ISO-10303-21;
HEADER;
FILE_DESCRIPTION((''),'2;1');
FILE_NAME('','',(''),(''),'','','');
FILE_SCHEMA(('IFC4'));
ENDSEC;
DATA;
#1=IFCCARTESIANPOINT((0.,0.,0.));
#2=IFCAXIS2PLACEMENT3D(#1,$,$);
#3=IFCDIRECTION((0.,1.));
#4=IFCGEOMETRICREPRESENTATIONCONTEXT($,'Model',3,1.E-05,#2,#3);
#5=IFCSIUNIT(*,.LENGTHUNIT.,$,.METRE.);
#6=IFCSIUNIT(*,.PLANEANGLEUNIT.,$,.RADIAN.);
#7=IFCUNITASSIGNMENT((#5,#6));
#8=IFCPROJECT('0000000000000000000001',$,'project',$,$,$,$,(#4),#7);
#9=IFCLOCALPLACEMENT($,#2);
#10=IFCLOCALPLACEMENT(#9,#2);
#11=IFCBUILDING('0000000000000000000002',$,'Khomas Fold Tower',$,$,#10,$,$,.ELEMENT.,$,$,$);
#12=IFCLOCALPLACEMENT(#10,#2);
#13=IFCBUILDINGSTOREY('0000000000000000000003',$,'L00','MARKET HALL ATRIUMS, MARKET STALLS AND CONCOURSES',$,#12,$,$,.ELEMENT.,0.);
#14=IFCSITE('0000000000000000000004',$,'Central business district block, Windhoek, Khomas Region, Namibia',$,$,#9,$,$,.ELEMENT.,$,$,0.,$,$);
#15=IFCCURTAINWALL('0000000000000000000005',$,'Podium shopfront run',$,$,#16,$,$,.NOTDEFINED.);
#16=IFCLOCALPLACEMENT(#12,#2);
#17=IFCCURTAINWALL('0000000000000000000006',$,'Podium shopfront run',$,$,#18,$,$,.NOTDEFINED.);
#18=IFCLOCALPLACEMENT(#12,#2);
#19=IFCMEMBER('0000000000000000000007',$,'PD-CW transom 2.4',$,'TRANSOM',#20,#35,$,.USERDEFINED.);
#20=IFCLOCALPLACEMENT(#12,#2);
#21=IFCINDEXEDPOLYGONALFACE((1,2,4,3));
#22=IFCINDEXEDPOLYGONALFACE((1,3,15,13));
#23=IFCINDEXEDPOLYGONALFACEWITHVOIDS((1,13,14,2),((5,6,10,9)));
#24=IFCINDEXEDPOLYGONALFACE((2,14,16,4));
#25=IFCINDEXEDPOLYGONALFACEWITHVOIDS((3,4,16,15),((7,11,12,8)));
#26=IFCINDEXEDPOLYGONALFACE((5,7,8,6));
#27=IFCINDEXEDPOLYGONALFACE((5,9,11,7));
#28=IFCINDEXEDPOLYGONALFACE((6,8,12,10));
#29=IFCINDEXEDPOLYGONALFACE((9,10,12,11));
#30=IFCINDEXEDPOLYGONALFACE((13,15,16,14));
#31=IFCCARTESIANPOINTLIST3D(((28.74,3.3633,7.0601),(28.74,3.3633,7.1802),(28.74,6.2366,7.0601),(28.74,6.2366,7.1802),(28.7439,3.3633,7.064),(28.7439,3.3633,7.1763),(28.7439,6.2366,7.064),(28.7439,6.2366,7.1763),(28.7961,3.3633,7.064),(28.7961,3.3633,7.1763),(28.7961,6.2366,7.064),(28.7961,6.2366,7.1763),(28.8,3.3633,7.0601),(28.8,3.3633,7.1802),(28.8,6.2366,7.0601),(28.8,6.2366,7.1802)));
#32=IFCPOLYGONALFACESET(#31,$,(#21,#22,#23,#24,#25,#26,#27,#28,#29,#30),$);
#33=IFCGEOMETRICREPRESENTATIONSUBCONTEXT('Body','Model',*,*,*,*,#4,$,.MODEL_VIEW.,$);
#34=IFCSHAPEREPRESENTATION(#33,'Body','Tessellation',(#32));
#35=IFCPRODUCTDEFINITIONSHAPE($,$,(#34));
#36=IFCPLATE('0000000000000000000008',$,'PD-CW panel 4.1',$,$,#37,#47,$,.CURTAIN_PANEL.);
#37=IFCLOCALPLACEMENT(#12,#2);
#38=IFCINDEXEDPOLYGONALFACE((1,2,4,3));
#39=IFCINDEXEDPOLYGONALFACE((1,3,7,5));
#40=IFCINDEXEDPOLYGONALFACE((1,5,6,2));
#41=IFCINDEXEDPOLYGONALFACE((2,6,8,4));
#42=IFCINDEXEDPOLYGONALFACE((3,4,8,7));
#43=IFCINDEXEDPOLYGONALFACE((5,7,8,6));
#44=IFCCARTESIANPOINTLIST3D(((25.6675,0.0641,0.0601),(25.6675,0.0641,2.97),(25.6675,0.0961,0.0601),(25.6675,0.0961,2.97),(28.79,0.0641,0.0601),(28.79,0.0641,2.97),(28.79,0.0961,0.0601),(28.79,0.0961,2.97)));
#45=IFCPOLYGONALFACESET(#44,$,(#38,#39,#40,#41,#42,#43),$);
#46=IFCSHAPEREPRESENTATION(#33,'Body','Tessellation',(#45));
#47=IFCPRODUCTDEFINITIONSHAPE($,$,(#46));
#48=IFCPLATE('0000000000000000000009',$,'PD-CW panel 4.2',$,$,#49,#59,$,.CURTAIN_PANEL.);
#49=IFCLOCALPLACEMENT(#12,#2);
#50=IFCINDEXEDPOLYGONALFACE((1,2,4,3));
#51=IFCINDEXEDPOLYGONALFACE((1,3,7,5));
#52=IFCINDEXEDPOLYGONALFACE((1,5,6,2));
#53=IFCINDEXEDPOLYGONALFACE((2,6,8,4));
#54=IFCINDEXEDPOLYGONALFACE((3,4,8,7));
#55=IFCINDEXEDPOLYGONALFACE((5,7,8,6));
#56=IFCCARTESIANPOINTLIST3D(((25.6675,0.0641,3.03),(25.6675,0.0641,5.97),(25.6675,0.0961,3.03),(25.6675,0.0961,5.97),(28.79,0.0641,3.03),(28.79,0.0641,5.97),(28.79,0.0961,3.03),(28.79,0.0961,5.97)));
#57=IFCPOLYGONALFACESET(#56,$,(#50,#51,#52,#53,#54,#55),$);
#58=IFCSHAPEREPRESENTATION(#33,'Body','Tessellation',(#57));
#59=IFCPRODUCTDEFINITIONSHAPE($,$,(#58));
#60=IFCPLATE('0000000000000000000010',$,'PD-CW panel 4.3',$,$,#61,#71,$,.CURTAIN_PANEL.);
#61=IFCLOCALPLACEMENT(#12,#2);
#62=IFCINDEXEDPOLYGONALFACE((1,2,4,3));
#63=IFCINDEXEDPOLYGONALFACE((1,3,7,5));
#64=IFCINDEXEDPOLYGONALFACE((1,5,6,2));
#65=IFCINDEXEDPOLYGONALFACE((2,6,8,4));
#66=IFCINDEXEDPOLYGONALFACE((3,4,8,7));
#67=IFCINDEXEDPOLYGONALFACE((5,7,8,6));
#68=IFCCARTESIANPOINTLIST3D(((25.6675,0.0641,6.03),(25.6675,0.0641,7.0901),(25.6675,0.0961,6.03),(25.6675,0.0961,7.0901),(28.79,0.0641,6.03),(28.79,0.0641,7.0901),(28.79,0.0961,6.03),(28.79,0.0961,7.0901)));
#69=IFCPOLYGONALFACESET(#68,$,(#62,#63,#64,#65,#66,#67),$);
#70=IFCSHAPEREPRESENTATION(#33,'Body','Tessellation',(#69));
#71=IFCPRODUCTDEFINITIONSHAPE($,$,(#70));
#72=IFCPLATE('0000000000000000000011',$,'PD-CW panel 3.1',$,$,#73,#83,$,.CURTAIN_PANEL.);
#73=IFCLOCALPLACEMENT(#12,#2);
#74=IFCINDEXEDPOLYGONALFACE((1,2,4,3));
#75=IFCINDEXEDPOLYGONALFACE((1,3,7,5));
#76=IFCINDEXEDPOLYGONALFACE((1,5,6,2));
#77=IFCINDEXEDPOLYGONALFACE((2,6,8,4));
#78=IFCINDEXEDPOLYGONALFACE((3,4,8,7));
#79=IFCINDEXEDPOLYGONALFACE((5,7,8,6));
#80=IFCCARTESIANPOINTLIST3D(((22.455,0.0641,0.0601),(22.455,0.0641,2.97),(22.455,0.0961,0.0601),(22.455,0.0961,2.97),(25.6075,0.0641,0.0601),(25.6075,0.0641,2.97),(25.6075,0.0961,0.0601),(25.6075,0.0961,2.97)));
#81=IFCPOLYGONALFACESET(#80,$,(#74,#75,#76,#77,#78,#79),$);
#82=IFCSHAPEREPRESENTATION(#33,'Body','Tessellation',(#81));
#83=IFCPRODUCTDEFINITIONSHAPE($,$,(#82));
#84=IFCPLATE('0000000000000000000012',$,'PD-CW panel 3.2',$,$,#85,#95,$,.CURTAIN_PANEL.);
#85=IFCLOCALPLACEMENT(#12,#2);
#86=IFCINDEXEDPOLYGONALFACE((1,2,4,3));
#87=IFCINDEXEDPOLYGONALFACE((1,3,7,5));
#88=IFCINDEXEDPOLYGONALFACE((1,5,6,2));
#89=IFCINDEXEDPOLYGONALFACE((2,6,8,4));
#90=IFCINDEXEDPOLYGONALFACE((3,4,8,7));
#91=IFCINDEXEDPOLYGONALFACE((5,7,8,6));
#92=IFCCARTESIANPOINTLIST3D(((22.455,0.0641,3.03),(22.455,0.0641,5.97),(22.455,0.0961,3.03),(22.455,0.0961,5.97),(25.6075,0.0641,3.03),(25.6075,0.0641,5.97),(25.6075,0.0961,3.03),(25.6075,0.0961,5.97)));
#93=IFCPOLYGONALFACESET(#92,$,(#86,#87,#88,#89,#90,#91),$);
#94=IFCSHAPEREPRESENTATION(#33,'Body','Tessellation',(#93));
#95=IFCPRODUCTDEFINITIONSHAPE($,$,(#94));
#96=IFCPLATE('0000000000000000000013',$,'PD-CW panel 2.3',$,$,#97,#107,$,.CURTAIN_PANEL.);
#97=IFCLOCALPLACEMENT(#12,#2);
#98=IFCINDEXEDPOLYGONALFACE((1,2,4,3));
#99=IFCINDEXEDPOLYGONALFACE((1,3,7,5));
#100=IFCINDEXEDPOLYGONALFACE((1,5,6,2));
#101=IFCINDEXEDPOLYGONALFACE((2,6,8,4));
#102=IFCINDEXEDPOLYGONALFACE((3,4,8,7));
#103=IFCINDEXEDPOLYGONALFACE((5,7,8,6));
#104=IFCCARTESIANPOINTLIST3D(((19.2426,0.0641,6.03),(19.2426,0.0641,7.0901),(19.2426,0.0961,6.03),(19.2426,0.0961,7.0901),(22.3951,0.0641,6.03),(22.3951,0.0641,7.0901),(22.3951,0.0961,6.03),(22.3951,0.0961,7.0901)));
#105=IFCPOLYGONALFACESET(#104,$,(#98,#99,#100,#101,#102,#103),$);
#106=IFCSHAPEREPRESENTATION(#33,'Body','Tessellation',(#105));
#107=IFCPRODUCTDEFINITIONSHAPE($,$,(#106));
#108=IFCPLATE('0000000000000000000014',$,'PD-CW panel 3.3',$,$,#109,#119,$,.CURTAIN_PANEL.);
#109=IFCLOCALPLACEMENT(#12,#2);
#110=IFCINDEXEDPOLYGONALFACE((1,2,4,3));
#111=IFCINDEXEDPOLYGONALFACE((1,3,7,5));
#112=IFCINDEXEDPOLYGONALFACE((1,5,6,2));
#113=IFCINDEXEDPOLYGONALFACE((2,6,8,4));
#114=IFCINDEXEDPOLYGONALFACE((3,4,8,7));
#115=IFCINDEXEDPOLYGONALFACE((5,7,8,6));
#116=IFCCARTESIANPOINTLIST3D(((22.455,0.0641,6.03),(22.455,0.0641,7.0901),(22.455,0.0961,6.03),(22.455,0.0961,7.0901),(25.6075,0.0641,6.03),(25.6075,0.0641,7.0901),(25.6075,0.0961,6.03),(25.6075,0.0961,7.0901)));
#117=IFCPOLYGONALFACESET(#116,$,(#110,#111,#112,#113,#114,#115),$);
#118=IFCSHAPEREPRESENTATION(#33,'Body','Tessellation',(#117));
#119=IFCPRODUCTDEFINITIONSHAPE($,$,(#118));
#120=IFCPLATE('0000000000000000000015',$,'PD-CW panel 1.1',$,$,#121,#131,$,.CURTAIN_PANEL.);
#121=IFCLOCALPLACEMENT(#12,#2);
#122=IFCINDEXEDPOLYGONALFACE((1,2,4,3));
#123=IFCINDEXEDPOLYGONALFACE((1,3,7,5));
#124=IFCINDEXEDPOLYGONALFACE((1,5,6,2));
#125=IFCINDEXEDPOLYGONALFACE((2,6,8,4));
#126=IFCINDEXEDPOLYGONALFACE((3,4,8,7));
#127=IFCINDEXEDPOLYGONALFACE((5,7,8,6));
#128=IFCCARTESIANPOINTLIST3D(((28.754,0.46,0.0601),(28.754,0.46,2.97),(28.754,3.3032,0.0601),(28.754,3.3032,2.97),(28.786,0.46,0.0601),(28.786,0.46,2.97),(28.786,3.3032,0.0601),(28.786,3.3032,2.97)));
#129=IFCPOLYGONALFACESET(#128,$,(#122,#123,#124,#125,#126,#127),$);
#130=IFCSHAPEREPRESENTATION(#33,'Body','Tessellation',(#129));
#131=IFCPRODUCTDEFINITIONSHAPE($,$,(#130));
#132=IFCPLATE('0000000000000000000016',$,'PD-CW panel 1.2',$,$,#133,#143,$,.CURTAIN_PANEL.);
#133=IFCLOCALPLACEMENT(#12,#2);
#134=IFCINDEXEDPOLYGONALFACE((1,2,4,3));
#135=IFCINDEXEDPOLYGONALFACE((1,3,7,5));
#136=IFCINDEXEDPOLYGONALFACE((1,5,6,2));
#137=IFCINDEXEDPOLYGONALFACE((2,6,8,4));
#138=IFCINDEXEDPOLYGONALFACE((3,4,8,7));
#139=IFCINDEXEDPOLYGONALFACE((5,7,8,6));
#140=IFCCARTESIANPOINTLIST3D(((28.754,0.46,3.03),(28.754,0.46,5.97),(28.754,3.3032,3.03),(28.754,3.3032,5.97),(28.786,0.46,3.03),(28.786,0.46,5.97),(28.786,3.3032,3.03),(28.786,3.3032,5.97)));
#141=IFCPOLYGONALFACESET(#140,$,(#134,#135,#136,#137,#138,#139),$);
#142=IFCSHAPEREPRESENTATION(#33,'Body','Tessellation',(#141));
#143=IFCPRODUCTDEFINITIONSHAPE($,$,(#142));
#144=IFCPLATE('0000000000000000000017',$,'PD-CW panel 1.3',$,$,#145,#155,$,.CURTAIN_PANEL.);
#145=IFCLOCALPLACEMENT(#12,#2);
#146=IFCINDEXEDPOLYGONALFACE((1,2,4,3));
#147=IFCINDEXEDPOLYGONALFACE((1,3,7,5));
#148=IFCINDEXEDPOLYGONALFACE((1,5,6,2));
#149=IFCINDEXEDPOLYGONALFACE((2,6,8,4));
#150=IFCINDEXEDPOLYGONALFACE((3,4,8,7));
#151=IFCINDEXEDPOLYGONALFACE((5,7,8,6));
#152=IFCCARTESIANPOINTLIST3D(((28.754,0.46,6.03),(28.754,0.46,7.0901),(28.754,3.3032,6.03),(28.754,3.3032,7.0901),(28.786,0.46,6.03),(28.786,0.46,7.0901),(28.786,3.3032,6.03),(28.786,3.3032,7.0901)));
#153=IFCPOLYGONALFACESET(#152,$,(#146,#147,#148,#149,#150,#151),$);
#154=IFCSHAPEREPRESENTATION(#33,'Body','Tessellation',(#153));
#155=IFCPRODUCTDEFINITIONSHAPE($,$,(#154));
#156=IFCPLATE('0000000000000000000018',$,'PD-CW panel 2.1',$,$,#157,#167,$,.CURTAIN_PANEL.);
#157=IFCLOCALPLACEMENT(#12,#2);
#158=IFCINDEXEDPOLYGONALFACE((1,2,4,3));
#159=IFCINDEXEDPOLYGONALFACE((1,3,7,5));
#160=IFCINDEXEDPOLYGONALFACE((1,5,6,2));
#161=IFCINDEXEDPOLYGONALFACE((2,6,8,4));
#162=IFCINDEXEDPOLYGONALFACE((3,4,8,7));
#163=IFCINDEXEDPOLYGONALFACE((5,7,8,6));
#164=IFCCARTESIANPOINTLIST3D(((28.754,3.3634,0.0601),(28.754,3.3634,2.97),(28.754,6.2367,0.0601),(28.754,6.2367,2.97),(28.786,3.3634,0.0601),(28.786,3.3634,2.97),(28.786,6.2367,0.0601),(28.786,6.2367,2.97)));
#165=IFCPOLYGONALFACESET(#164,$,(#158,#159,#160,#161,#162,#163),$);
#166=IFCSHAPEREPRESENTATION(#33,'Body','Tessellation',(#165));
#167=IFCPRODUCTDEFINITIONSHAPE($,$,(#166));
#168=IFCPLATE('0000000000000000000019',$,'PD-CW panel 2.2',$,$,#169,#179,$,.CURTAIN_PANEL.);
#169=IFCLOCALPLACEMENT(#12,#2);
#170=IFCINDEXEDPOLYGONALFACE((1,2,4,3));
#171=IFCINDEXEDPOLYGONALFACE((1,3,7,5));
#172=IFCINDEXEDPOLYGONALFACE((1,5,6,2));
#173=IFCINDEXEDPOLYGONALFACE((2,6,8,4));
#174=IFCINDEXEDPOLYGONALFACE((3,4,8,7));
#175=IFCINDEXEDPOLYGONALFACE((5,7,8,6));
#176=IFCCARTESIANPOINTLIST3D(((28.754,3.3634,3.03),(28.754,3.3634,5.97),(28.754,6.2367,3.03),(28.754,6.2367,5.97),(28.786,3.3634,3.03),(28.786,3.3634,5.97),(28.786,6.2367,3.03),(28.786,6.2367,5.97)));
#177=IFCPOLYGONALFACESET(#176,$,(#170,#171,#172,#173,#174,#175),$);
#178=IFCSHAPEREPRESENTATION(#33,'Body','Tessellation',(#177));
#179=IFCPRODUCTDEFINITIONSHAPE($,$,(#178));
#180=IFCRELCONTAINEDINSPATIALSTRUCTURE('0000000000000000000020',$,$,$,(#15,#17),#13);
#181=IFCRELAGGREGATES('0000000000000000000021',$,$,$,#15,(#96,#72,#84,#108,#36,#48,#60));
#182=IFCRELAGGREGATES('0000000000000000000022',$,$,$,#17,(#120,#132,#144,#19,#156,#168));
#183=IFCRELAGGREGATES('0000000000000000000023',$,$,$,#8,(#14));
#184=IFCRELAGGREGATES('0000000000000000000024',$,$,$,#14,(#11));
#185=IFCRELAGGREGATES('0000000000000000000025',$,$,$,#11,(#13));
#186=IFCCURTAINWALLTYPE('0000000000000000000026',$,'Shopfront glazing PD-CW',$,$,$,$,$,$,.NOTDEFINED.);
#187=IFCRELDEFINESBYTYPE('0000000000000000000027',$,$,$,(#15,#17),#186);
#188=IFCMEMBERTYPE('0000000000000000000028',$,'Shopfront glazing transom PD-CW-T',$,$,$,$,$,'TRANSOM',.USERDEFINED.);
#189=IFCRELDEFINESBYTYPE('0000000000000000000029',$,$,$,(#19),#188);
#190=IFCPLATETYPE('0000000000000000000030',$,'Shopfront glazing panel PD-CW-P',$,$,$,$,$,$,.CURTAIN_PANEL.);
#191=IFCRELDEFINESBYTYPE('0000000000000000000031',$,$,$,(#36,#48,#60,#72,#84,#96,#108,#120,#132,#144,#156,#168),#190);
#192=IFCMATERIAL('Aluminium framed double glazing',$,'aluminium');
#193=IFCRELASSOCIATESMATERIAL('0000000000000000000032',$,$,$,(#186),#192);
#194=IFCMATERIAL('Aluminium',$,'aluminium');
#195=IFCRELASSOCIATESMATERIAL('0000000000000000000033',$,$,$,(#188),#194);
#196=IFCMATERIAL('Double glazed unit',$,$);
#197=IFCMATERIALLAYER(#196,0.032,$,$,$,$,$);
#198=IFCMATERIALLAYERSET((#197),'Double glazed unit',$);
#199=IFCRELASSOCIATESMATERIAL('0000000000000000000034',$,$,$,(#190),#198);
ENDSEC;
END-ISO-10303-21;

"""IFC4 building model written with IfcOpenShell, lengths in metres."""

from ifc_helpers import new_model, si_unit, direction, frame, origin, origin_2d, place, context, subcontext, project, spatial, rectangle, hollow_rectangle, extrude, source, transform, mapped, material, layer, layer_set, material_profile, profile_set, type_object, element, aggregate, save


model = new_model("IFC4")

# Units and contexts
model_context = context("Model", 3, precision=1e-05, world=origin(), true_north=direction((0.0, 1.0)))
body_context = subcontext(model_context, "Body", "Model", "MODEL_VIEW")
ifc_project = project(units=[si_unit("LENGTHUNIT", "METRE"), si_unit("PLANEANGLEUNIT", "RADIAN")], contexts=[model_context])

# Site, building, storey
site_placement = place(None, origin())
site = spatial("IfcSite", under=ifc_project, at=site_placement, Name="Central business district block, Windhoek, Khomas Region, Namibia", CompositionType="ELEMENT", RefElevation=0.0)
building_placement = place(site_placement, origin())
building = spatial("IfcBuilding", under=site, at=building_placement, Name="Khomas Fold Tower", CompositionType="ELEMENT")
storey_placement = place(building_placement, origin())
storey = spatial("IfcBuildingStorey", under=building, at=storey_placement, Name="L00", Description="MARKET HALL ATRIUMS, MARKET STALLS AND CONCOURSES", CompositionType="ELEMENT", Elevation=0.0)

# Curtain walls
ifc_material_1 = material(Name="Aluminium framed double glazing", Category="aluminium")
curtain_wall_type = type_object("IfcCurtainWallType", Name="Shopfront glazing PD-CW", PredefinedType="NOTDEFINED", material=ifc_material_1)
curtain_wall_1_placement = place(storey_placement, origin())
curtain_wall_1 = element("IfcCurtainWall", 1, at=curtain_wall_1_placement, inside=storey, type_object=curtain_wall_type, Name="Podium shopfront run", PredefinedType="NOTDEFINED")
curtain_wall_2_placement = place(storey_placement, origin())
curtain_wall_2 = element("IfcCurtainWall", 2, at=curtain_wall_2_placement, inside=storey, type_object=curtain_wall_type, Name="Podium shopfront run", PredefinedType="NOTDEFINED")

# Member
ifc_material_2 = material(Name="Aluminium", Category="aluminium")
ifc_material_profile_1 = material_profile(ifc_material_2, hollow_rectangle(XDim=0.0601, YDim=0.1201, WallThickness=0.0039, at=origin_2d()), Name="Shopfront glazing transom PD-CW-T")
ifc_profile_set_1 = profile_set([ifc_material_profile_1], Name="Aluminium")
member_type_1 = type_object("IfcMemberType", Name="Shopfront glazing transom PD-CW-T", ElementType="TRANSOM", PredefinedType="USERDEFINED", material=ifc_profile_set_1)
shared_shape_1 = source(origin(), body_context, "Body", "SweptSolid", [
    extrude(hollow_rectangle(XDim=0.0601, YDim=0.1201, WallThickness=0.0039, at=origin_2d()), origin(), (0.0, 0.0, 1.0), 2.8733),
])
member_1_placement = place(storey_placement, frame((28.77, 3.3633, 7.1201), z_axis=(0.0, 1.0, 0.0), x_axis=(-1.0, 0.0, 0.0)))
member_1 = element("IfcMember", 3, at=member_1_placement, type_object=member_type_1, Name="PD-CW transom 2.4", ObjectType="TRANSOM", PredefinedType="USERDEFINED", context=body_context, shape_type="MappedRepresentation", body=[
    mapped(shared_shape_1, transform((0.0, 0.0, 0.0))),
])

# Plates
ifc_material_3 = material(Name="Double glazed unit")
ifc_layer_1 = layer(ifc_material_3, 0.032)
ifc_layer_set_1 = layer_set([ifc_layer_1], Name="Double glazed unit")
plate_type = type_object("IfcPlateType", Name="Shopfront glazing panel PD-CW-P", PredefinedType="CURTAIN_PANEL", material=ifc_layer_set_1)
shared_shape_2 = source(origin(), body_context, "Body", "SweptSolid", [
    extrude(rectangle(XDim=3.1226, YDim=0.032, at=origin_2d()), origin(), (0.0, 0.0, 1.0), 2.9099),
])
plate_1_placement = place(storey_placement, frame((27.2288, 0.0801, 0.0601), z_axis=(0.0, 0.0, 1.0), x_axis=(1.0, 0.0, 0.0)))
plate_1 = element("IfcPlate", 4, at=plate_1_placement, type_object=plate_type, Name="PD-CW panel 4.1", PredefinedType="CURTAIN_PANEL", context=body_context, shape_type="MappedRepresentation", body=[
    mapped(shared_shape_2, transform((0.0, 0.0, 0.0))),
])
shared_shape_3 = source(origin(), body_context, "Body", "SweptSolid", [
    extrude(rectangle(XDim=3.1226, YDim=0.032, at=origin_2d()), origin(), (0.0, 0.0, 1.0), 2.9399),
])
plate_2_placement = place(storey_placement, frame((27.2288, 0.0801, 3.03), z_axis=(0.0, 0.0, 1.0), x_axis=(1.0, 0.0, 0.0)))
plate_2 = element("IfcPlate", 5, at=plate_2_placement, type_object=plate_type, Name="PD-CW panel 4.2", PredefinedType="CURTAIN_PANEL", context=body_context, shape_type="MappedRepresentation", body=[
    mapped(shared_shape_3, transform((0.0, 0.0, 0.0))),
])
shared_shape_4 = source(origin(), body_context, "Body", "SweptSolid", [
    extrude(rectangle(XDim=3.1226, YDim=0.032, at=origin_2d()), origin(), (0.0, 0.0, 1.0), 1.0601),
])
plate_3_placement = place(storey_placement, frame((27.2288, 0.0801, 6.03), z_axis=(0.0, 0.0, 1.0), x_axis=(1.0, 0.0, 0.0)))
plate_3 = element("IfcPlate", 6, at=plate_3_placement, type_object=plate_type, Name="PD-CW panel 4.3", PredefinedType="CURTAIN_PANEL", context=body_context, shape_type="MappedRepresentation", body=[
    mapped(shared_shape_4, transform((0.0, 0.0, 0.0))),
])
shared_shape_5 = source(origin(), body_context, "Body", "SweptSolid", [
    extrude(rectangle(XDim=3.1526, YDim=0.032, at=origin_2d()), origin(), (0.0, 0.0, 1.0), 2.9099),
])
plate_4_placement = place(storey_placement, frame((24.0312, 0.0801, 0.0601), z_axis=(0.0, 0.0, 1.0), x_axis=(1.0, 0.0, 0.0)))
plate_4 = element("IfcPlate", 7, at=plate_4_placement, type_object=plate_type, Name="PD-CW panel 3.1", PredefinedType="CURTAIN_PANEL", context=body_context, shape_type="MappedRepresentation", body=[
    mapped(shared_shape_5, transform((0.0, 0.0, 0.0))),
])
shared_shape_6 = source(origin(), body_context, "Body", "SweptSolid", [
    extrude(rectangle(XDim=3.1526, YDim=0.032, at=origin_2d()), origin(), (0.0, 0.0, 1.0), 2.9399),
])
plate_5_placement = place(storey_placement, frame((24.0312, 0.0801, 3.03), z_axis=(0.0, 0.0, 1.0), x_axis=(1.0, 0.0, 0.0)))
plate_5 = element("IfcPlate", 8, at=plate_5_placement, type_object=plate_type, Name="PD-CW panel 3.2", PredefinedType="CURTAIN_PANEL", context=body_context, shape_type="MappedRepresentation", body=[
    mapped(shared_shape_6, transform((0.0, 0.0, 0.0))),
])
shared_shape_7 = source(origin(), body_context, "Body", "SweptSolid", [
    extrude(rectangle(XDim=3.1526, YDim=0.032, at=origin_2d()), origin(), (0.0, 0.0, 1.0), 1.0601),
])
plate_6_placement = place(storey_placement, frame((20.8188, 0.0801, 6.03), z_axis=(0.0, 0.0, 1.0), x_axis=(1.0, 0.0, 0.0)))
plate_6 = element("IfcPlate", 9, at=plate_6_placement, type_object=plate_type, Name="PD-CW panel 2.3", PredefinedType="CURTAIN_PANEL", context=body_context, shape_type="MappedRepresentation", body=[
    mapped(shared_shape_7, transform((0.0, 0.0, 0.0))),
])
plate_7_placement = place(storey_placement, frame((24.0312, 0.0801, 6.03), z_axis=(0.0, 0.0, 1.0), x_axis=(1.0, 0.0, 0.0)))
plate_7 = element("IfcPlate", 10, at=plate_7_placement, type_object=plate_type, Name="PD-CW panel 3.3", PredefinedType="CURTAIN_PANEL", context=body_context, shape_type="MappedRepresentation", body=[
    mapped(shared_shape_7, transform((0.0, 0.0, 0.0))),
])
aggregate(curtain_wall_1, [plate_6, plate_4, plate_5, plate_7, plate_1, plate_2, plate_3])
shared_shape_8 = source(origin(), body_context, "Body", "SweptSolid", [
    extrude(rectangle(XDim=2.8433, YDim=0.032, at=origin_2d()), origin(), (0.0, 0.0, 1.0), 2.9099),
])
plate_8_placement = place(storey_placement, frame((28.77, 1.8816, 0.0601), z_axis=(0.0, 0.0, 1.0), x_axis=(0.0, 1.0, 0.0)))
plate_8 = element("IfcPlate", 11, at=plate_8_placement, type_object=plate_type, Name="PD-CW panel 1.1", PredefinedType="CURTAIN_PANEL", context=body_context, shape_type="MappedRepresentation", body=[
    mapped(shared_shape_8, transform((0.0, 0.0, 0.0))),
])
shared_shape_9 = source(origin(), body_context, "Body", "SweptSolid", [
    extrude(rectangle(XDim=2.8433, YDim=0.032, at=origin_2d()), origin(), (0.0, 0.0, 1.0), 2.9399),
])
plate_9_placement = place(storey_placement, frame((28.77, 1.8816, 3.03), z_axis=(0.0, 0.0, 1.0), x_axis=(0.0, 1.0, 0.0)))
plate_9 = element("IfcPlate", 12, at=plate_9_placement, type_object=plate_type, Name="PD-CW panel 1.2", PredefinedType="CURTAIN_PANEL", context=body_context, shape_type="MappedRepresentation", body=[
    mapped(shared_shape_9, transform((0.0, 0.0, 0.0))),
])
shared_shape_10 = source(origin(), body_context, "Body", "SweptSolid", [
    extrude(rectangle(XDim=2.8433, YDim=0.032, at=origin_2d()), origin(), (0.0, 0.0, 1.0), 1.0601),
])
plate_10_placement = place(storey_placement, frame((28.77, 1.8816, 6.03), z_axis=(0.0, 0.0, 1.0), x_axis=(0.0, 1.0, 0.0)))
plate_10 = element("IfcPlate", 13, at=plate_10_placement, type_object=plate_type, Name="PD-CW panel 1.3", PredefinedType="CURTAIN_PANEL", context=body_context, shape_type="MappedRepresentation", body=[
    mapped(shared_shape_10, transform((0.0, 0.0, 0.0))),
])
shared_shape_11 = source(origin(), body_context, "Body", "SweptSolid", [
    extrude(rectangle(XDim=2.8733, YDim=0.032, at=origin_2d()), origin(), (0.0, 0.0, 1.0), 2.9099),
])
plate_11_placement = place(storey_placement, frame((28.77, 4.8, 0.0601), z_axis=(0.0, 0.0, 1.0), x_axis=(0.0, 1.0, 0.0)))
plate_11 = element("IfcPlate", 14, at=plate_11_placement, type_object=plate_type, Name="PD-CW panel 2.1", PredefinedType="CURTAIN_PANEL", context=body_context, shape_type="MappedRepresentation", body=[
    mapped(shared_shape_11, transform((0.0, 0.0, 0.0))),
])
shared_shape_12 = source(origin(), body_context, "Body", "SweptSolid", [
    extrude(rectangle(XDim=2.8733, YDim=0.032, at=origin_2d()), origin(), (0.0, 0.0, 1.0), 2.9399),
])
plate_12_placement = place(storey_placement, frame((28.77, 4.8, 3.03), z_axis=(0.0, 0.0, 1.0), x_axis=(0.0, 1.0, 0.0)))
plate_12 = element("IfcPlate", 15, at=plate_12_placement, type_object=plate_type, Name="PD-CW panel 2.2", PredefinedType="CURTAIN_PANEL", context=body_context, shape_type="MappedRepresentation", body=[
    mapped(shared_shape_12, transform((0.0, 0.0, 0.0))),
])
aggregate(curtain_wall_2, [plate_8, plate_9, plate_10, member_1, plate_11, plate_12])

save(model, "model.ifc")
